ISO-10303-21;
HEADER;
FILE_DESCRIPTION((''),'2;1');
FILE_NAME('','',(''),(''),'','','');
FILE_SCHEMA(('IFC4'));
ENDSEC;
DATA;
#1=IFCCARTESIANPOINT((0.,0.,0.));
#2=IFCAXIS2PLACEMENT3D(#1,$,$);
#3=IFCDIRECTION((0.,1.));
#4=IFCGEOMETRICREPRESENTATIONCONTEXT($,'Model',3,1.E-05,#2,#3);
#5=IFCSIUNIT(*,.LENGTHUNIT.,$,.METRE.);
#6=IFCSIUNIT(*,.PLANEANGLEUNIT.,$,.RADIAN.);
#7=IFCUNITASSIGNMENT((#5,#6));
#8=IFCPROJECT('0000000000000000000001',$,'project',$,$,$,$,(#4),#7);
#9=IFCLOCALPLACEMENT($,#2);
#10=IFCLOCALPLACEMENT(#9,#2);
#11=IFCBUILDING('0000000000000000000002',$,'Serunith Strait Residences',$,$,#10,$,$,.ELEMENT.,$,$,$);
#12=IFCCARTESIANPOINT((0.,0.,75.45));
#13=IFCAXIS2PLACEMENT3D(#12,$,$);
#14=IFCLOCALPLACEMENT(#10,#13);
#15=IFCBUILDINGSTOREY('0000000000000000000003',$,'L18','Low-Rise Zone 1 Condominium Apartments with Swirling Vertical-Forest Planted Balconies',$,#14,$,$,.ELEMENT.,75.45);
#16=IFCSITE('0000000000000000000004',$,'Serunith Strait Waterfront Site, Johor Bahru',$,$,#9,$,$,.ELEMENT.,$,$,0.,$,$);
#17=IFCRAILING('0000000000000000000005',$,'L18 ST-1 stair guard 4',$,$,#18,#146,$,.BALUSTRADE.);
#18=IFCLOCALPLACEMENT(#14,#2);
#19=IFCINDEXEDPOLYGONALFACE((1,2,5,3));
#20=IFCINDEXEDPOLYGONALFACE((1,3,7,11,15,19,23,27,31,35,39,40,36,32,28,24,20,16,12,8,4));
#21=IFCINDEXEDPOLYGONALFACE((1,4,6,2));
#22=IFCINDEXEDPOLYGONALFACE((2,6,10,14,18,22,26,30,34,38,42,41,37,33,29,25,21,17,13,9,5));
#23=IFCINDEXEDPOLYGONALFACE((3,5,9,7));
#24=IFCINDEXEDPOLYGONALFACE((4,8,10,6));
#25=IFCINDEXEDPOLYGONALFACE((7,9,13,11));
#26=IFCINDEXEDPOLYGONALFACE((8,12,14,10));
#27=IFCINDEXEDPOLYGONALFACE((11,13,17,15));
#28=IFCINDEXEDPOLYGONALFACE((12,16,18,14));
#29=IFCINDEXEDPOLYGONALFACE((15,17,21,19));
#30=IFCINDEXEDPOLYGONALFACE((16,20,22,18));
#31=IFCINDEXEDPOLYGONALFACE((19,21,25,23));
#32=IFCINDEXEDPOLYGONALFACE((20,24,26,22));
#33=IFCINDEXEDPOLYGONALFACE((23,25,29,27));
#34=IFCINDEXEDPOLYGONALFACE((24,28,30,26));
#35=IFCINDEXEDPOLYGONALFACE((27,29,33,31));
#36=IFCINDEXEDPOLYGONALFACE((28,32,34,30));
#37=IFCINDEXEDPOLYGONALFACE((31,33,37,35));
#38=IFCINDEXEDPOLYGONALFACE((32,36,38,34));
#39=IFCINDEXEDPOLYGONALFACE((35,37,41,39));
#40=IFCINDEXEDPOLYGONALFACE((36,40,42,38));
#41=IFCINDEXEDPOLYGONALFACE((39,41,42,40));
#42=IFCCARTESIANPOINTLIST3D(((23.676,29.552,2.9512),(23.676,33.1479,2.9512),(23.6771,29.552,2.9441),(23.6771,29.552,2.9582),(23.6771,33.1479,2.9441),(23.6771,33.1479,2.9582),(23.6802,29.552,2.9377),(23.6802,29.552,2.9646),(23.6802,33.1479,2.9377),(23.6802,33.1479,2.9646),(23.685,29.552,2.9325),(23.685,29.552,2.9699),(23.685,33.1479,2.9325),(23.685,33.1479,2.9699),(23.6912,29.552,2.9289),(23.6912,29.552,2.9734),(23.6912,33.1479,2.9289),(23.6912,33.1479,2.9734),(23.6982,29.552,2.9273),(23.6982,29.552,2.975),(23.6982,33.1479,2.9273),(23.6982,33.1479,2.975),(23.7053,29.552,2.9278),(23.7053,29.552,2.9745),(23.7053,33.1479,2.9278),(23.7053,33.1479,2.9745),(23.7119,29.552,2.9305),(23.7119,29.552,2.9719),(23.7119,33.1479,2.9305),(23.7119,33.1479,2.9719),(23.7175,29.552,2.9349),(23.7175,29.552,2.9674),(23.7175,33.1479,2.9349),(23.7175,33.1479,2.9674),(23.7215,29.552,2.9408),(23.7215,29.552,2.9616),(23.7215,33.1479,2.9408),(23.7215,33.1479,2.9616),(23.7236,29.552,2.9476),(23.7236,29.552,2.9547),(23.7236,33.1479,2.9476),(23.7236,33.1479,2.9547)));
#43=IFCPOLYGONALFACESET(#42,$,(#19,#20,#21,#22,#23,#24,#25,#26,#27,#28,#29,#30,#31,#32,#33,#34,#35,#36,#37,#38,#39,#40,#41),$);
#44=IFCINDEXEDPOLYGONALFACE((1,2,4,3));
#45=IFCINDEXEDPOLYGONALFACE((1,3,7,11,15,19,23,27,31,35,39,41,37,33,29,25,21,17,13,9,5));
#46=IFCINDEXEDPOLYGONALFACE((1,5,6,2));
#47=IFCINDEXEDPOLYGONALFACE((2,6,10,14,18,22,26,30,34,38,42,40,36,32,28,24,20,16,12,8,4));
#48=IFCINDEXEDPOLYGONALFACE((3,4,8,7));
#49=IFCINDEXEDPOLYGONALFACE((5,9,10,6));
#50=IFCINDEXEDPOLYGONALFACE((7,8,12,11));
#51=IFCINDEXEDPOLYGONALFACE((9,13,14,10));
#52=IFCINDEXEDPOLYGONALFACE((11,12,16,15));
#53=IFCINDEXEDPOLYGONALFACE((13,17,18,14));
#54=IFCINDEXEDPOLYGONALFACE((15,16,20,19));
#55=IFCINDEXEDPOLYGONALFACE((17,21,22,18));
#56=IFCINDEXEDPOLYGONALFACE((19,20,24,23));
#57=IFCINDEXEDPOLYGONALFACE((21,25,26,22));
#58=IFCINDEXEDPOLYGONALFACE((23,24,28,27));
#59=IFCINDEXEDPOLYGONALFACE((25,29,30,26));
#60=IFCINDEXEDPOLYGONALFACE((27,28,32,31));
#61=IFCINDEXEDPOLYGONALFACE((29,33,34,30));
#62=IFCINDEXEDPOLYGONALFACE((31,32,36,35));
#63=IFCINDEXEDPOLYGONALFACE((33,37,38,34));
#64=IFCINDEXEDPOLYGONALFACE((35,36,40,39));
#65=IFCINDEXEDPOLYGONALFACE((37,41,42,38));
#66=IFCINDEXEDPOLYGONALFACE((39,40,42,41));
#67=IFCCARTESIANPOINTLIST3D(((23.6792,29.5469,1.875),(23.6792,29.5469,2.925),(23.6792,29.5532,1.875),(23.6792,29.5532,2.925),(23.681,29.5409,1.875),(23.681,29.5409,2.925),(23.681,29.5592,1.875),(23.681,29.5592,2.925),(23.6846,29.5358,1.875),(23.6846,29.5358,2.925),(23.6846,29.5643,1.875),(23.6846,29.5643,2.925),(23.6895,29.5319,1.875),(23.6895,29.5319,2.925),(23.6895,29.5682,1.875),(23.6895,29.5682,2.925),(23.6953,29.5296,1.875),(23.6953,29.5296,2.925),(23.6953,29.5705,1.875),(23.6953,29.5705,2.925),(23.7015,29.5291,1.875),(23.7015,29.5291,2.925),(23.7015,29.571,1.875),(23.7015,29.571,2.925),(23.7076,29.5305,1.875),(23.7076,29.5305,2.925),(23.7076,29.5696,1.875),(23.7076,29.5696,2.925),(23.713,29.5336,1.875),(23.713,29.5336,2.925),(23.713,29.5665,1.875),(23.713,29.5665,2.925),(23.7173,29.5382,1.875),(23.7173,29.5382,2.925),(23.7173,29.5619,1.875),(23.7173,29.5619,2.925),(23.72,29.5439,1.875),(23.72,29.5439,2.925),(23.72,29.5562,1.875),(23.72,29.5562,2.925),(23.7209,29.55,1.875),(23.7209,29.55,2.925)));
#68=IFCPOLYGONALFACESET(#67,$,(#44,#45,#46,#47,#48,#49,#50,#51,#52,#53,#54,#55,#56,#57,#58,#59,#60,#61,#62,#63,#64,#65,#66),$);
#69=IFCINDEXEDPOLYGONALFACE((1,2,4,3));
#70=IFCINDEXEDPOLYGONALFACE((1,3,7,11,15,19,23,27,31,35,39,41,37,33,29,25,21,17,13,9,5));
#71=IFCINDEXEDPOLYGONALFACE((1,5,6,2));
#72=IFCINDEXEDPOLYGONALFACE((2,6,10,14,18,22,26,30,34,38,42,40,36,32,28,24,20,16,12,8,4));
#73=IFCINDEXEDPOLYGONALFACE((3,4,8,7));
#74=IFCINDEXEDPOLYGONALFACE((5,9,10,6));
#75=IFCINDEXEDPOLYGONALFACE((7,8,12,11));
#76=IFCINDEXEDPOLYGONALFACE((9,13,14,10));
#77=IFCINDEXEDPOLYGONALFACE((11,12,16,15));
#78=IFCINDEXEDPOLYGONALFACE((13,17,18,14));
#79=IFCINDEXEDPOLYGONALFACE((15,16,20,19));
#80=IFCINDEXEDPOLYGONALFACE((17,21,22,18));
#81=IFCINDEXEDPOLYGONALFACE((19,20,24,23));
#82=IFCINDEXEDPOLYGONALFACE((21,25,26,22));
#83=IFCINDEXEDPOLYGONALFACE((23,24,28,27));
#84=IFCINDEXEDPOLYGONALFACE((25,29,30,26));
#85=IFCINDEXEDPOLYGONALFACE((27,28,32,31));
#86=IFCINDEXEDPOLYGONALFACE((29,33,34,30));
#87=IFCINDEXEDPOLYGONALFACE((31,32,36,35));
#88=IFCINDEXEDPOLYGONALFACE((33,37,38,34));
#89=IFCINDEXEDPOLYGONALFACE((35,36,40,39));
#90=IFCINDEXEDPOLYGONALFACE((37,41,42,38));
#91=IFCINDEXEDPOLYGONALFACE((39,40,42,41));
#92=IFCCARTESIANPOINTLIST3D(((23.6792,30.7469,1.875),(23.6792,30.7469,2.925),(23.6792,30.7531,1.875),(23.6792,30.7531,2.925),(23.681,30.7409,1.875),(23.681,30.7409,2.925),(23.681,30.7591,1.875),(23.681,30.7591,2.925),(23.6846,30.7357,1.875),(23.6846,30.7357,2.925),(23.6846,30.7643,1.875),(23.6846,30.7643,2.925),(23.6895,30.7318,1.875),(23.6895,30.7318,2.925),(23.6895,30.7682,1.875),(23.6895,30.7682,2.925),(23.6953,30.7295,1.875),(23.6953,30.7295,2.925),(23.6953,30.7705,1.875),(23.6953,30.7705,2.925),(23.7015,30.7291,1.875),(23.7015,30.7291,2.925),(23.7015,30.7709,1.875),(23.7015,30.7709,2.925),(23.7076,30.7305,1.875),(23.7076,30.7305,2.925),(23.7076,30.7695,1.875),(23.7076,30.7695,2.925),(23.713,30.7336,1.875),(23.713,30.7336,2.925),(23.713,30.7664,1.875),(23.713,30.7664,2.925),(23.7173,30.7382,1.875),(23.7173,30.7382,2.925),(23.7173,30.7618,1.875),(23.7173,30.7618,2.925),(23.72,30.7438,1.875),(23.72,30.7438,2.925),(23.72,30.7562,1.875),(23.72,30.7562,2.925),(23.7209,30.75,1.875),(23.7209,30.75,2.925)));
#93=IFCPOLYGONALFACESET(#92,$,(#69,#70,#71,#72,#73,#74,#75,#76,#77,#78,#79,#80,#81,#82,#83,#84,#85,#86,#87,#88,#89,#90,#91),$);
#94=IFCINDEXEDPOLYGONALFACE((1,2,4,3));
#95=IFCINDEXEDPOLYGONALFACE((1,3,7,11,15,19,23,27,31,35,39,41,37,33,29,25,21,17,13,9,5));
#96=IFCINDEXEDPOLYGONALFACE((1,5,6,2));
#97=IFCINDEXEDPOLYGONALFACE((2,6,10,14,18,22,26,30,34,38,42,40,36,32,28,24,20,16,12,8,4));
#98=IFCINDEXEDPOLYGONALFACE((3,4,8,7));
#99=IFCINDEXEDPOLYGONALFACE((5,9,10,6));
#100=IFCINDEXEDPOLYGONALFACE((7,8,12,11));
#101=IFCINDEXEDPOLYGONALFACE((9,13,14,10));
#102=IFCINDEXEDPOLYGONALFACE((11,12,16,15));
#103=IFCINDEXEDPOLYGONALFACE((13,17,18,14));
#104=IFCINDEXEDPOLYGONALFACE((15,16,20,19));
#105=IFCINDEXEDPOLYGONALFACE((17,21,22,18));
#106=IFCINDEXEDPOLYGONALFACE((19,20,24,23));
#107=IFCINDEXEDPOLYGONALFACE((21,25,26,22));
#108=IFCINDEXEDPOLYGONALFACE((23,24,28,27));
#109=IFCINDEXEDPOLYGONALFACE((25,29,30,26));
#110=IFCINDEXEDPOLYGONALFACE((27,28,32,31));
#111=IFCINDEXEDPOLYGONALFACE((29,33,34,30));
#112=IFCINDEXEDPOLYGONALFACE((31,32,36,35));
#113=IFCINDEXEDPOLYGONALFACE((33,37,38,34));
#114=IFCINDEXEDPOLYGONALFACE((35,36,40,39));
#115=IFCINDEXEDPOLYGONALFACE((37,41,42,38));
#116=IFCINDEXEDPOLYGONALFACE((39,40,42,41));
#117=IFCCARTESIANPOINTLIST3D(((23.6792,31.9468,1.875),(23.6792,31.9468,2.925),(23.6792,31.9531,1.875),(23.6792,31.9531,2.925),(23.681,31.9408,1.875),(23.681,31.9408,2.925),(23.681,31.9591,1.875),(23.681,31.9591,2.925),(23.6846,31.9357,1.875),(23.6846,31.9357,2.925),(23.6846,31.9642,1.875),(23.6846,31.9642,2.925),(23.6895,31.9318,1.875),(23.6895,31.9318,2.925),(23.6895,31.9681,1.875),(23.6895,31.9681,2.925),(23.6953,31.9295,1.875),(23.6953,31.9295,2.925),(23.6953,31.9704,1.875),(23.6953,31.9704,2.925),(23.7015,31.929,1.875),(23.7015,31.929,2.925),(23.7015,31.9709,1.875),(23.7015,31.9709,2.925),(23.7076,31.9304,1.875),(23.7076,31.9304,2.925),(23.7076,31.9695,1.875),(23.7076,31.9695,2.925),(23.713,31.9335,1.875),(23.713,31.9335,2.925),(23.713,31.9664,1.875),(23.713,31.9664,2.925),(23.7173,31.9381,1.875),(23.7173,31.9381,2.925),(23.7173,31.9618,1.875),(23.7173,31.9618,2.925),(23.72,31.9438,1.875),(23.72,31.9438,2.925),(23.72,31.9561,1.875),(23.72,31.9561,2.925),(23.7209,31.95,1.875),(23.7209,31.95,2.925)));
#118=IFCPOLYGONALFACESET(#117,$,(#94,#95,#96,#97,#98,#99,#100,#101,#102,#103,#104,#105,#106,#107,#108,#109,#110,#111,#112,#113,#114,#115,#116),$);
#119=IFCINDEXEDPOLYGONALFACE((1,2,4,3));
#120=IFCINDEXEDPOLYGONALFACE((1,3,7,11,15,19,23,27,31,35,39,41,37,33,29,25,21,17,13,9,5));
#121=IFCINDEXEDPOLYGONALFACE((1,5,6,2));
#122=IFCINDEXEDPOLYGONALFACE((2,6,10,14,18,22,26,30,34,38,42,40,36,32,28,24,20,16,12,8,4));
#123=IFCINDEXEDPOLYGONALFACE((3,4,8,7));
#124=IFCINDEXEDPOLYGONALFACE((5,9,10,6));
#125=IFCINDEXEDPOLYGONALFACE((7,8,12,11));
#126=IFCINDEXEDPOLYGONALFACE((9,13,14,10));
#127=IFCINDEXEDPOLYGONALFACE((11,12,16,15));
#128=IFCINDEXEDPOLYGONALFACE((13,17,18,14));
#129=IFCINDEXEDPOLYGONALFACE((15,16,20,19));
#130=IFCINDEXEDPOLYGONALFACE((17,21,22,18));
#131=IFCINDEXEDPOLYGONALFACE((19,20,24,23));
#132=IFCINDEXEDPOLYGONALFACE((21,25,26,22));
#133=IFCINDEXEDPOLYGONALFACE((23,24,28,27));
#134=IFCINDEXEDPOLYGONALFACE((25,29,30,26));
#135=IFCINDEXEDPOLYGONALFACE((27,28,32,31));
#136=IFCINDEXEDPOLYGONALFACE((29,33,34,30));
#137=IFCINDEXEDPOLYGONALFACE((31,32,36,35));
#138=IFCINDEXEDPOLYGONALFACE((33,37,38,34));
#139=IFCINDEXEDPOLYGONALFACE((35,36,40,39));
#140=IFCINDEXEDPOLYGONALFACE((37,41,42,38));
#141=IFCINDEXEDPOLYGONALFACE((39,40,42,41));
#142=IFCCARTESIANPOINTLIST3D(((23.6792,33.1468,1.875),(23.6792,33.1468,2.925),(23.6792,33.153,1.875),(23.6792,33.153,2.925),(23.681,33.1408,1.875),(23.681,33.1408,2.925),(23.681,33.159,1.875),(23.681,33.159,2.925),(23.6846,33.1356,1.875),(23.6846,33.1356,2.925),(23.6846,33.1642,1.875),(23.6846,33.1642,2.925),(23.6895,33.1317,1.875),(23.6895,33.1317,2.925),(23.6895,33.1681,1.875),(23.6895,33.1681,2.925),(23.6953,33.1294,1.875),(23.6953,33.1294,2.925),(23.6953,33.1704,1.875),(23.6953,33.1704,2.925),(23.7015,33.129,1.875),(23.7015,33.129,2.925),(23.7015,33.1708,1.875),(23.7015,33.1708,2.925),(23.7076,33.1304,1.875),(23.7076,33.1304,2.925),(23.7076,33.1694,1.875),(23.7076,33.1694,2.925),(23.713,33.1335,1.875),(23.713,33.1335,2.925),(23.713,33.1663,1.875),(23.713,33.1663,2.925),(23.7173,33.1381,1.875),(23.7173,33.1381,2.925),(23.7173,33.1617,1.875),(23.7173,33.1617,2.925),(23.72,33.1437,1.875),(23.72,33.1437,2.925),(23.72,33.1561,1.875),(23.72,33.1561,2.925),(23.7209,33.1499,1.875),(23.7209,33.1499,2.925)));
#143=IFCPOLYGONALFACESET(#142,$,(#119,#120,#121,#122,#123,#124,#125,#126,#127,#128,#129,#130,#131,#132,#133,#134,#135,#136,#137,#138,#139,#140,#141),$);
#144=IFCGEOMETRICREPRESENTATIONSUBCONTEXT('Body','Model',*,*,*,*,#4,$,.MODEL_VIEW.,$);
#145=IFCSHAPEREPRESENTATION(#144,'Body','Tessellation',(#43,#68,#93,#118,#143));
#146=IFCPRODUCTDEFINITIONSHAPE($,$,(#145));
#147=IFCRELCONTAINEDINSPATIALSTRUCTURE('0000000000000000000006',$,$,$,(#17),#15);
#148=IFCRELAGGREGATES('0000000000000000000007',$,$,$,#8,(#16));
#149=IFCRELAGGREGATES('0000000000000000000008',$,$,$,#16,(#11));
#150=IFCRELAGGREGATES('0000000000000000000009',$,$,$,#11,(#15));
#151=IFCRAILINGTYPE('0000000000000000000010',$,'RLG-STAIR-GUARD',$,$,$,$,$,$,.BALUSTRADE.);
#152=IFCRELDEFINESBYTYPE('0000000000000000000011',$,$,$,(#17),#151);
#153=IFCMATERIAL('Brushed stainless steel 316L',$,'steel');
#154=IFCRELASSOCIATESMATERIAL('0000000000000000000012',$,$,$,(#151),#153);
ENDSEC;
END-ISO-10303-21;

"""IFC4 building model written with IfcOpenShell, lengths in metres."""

from ifc_helpers import new_model, si_unit, direction, frame, origin, origin_2d, place, context, subcontext, project, spatial, circle, extrude, material, type_object, element, save


model = new_model("IFC4")

# Units and contexts
model_context = context("Model", 3, precision=1e-05, world=origin(), true_north=direction((0.0, 1.0)))
body_context = subcontext(model_context, "Body", "Model", "MODEL_VIEW")
ifc_project = project(units=[si_unit("LENGTHUNIT", "METRE"), si_unit("PLANEANGLEUNIT", "RADIAN")], contexts=[model_context])

# Site, building, storey
site_placement = place(None, origin())
site = spatial("IfcSite", under=ifc_project, at=site_placement, Name="Serunith Strait Waterfront Site, Johor Bahru", CompositionType="ELEMENT", RefElevation=0.0)
building_placement = place(site_placement, origin())
building = spatial("IfcBuilding", under=site, at=building_placement, Name="Serunith Strait Residences", CompositionType="ELEMENT")
storey_placement = place(building_placement, frame((0.0, 0.0, 75.45)))
storey = spatial("IfcBuildingStorey", under=building, at=storey_placement, Name="L18", Description="Low-Rise Zone 1 Condominium Apartments with Swirling Vertical-Forest Planted Balconies", CompositionType="ELEMENT", Elevation=75.45)

# Railing
ifc_material_1 = material(Name="Brushed stainless steel 316L", Category="steel")
railing_type_1 = type_object("IfcRailingType", Name="RLG-STAIR-GUARD", PredefinedType="BALUSTRADE", material=ifc_material_1)
for number, where, name in (
    (1, (23.7, 29.55, 1.875), "L18 ST-1 stair guard 4"),
):
    element("IfcRailing", number, at=place(storey_placement, frame(where)), inside=storey, type_object=railing_type_1, Name=name, PredefinedType="BALUSTRADE", context=body_context, shape_type="SweptSolid", body=[
        extrude(circle(Radius=0.0239, at=origin_2d()), frame((0.0, 0.002, 1.0762), z_axis=(0.0, 1.0, 0.0), x_axis=(-1.0, 0.0, 0.0)), (0.0, 0.0, 1.0), 3.5959),
        extrude(circle(Radius=0.021, at=origin_2d()), origin(), (0.0, 0.0, 1.0), 1.05),
        extrude(circle(Radius=0.021, at=origin_2d()), frame((0.0, 1.2, 0.0)), (0.0, 0.0, 1.0), 1.05),
        extrude(circle(Radius=0.021, at=origin_2d()), frame((0.0, 2.3999, 0.0)), (0.0, 0.0, 1.0), 1.05),
        extrude(circle(Radius=0.021, at=origin_2d()), frame((0.0, 3.5999, 0.0)), (0.0, 0.0, 1.0), 1.05),
    ])

save(model, "model.ifc")
